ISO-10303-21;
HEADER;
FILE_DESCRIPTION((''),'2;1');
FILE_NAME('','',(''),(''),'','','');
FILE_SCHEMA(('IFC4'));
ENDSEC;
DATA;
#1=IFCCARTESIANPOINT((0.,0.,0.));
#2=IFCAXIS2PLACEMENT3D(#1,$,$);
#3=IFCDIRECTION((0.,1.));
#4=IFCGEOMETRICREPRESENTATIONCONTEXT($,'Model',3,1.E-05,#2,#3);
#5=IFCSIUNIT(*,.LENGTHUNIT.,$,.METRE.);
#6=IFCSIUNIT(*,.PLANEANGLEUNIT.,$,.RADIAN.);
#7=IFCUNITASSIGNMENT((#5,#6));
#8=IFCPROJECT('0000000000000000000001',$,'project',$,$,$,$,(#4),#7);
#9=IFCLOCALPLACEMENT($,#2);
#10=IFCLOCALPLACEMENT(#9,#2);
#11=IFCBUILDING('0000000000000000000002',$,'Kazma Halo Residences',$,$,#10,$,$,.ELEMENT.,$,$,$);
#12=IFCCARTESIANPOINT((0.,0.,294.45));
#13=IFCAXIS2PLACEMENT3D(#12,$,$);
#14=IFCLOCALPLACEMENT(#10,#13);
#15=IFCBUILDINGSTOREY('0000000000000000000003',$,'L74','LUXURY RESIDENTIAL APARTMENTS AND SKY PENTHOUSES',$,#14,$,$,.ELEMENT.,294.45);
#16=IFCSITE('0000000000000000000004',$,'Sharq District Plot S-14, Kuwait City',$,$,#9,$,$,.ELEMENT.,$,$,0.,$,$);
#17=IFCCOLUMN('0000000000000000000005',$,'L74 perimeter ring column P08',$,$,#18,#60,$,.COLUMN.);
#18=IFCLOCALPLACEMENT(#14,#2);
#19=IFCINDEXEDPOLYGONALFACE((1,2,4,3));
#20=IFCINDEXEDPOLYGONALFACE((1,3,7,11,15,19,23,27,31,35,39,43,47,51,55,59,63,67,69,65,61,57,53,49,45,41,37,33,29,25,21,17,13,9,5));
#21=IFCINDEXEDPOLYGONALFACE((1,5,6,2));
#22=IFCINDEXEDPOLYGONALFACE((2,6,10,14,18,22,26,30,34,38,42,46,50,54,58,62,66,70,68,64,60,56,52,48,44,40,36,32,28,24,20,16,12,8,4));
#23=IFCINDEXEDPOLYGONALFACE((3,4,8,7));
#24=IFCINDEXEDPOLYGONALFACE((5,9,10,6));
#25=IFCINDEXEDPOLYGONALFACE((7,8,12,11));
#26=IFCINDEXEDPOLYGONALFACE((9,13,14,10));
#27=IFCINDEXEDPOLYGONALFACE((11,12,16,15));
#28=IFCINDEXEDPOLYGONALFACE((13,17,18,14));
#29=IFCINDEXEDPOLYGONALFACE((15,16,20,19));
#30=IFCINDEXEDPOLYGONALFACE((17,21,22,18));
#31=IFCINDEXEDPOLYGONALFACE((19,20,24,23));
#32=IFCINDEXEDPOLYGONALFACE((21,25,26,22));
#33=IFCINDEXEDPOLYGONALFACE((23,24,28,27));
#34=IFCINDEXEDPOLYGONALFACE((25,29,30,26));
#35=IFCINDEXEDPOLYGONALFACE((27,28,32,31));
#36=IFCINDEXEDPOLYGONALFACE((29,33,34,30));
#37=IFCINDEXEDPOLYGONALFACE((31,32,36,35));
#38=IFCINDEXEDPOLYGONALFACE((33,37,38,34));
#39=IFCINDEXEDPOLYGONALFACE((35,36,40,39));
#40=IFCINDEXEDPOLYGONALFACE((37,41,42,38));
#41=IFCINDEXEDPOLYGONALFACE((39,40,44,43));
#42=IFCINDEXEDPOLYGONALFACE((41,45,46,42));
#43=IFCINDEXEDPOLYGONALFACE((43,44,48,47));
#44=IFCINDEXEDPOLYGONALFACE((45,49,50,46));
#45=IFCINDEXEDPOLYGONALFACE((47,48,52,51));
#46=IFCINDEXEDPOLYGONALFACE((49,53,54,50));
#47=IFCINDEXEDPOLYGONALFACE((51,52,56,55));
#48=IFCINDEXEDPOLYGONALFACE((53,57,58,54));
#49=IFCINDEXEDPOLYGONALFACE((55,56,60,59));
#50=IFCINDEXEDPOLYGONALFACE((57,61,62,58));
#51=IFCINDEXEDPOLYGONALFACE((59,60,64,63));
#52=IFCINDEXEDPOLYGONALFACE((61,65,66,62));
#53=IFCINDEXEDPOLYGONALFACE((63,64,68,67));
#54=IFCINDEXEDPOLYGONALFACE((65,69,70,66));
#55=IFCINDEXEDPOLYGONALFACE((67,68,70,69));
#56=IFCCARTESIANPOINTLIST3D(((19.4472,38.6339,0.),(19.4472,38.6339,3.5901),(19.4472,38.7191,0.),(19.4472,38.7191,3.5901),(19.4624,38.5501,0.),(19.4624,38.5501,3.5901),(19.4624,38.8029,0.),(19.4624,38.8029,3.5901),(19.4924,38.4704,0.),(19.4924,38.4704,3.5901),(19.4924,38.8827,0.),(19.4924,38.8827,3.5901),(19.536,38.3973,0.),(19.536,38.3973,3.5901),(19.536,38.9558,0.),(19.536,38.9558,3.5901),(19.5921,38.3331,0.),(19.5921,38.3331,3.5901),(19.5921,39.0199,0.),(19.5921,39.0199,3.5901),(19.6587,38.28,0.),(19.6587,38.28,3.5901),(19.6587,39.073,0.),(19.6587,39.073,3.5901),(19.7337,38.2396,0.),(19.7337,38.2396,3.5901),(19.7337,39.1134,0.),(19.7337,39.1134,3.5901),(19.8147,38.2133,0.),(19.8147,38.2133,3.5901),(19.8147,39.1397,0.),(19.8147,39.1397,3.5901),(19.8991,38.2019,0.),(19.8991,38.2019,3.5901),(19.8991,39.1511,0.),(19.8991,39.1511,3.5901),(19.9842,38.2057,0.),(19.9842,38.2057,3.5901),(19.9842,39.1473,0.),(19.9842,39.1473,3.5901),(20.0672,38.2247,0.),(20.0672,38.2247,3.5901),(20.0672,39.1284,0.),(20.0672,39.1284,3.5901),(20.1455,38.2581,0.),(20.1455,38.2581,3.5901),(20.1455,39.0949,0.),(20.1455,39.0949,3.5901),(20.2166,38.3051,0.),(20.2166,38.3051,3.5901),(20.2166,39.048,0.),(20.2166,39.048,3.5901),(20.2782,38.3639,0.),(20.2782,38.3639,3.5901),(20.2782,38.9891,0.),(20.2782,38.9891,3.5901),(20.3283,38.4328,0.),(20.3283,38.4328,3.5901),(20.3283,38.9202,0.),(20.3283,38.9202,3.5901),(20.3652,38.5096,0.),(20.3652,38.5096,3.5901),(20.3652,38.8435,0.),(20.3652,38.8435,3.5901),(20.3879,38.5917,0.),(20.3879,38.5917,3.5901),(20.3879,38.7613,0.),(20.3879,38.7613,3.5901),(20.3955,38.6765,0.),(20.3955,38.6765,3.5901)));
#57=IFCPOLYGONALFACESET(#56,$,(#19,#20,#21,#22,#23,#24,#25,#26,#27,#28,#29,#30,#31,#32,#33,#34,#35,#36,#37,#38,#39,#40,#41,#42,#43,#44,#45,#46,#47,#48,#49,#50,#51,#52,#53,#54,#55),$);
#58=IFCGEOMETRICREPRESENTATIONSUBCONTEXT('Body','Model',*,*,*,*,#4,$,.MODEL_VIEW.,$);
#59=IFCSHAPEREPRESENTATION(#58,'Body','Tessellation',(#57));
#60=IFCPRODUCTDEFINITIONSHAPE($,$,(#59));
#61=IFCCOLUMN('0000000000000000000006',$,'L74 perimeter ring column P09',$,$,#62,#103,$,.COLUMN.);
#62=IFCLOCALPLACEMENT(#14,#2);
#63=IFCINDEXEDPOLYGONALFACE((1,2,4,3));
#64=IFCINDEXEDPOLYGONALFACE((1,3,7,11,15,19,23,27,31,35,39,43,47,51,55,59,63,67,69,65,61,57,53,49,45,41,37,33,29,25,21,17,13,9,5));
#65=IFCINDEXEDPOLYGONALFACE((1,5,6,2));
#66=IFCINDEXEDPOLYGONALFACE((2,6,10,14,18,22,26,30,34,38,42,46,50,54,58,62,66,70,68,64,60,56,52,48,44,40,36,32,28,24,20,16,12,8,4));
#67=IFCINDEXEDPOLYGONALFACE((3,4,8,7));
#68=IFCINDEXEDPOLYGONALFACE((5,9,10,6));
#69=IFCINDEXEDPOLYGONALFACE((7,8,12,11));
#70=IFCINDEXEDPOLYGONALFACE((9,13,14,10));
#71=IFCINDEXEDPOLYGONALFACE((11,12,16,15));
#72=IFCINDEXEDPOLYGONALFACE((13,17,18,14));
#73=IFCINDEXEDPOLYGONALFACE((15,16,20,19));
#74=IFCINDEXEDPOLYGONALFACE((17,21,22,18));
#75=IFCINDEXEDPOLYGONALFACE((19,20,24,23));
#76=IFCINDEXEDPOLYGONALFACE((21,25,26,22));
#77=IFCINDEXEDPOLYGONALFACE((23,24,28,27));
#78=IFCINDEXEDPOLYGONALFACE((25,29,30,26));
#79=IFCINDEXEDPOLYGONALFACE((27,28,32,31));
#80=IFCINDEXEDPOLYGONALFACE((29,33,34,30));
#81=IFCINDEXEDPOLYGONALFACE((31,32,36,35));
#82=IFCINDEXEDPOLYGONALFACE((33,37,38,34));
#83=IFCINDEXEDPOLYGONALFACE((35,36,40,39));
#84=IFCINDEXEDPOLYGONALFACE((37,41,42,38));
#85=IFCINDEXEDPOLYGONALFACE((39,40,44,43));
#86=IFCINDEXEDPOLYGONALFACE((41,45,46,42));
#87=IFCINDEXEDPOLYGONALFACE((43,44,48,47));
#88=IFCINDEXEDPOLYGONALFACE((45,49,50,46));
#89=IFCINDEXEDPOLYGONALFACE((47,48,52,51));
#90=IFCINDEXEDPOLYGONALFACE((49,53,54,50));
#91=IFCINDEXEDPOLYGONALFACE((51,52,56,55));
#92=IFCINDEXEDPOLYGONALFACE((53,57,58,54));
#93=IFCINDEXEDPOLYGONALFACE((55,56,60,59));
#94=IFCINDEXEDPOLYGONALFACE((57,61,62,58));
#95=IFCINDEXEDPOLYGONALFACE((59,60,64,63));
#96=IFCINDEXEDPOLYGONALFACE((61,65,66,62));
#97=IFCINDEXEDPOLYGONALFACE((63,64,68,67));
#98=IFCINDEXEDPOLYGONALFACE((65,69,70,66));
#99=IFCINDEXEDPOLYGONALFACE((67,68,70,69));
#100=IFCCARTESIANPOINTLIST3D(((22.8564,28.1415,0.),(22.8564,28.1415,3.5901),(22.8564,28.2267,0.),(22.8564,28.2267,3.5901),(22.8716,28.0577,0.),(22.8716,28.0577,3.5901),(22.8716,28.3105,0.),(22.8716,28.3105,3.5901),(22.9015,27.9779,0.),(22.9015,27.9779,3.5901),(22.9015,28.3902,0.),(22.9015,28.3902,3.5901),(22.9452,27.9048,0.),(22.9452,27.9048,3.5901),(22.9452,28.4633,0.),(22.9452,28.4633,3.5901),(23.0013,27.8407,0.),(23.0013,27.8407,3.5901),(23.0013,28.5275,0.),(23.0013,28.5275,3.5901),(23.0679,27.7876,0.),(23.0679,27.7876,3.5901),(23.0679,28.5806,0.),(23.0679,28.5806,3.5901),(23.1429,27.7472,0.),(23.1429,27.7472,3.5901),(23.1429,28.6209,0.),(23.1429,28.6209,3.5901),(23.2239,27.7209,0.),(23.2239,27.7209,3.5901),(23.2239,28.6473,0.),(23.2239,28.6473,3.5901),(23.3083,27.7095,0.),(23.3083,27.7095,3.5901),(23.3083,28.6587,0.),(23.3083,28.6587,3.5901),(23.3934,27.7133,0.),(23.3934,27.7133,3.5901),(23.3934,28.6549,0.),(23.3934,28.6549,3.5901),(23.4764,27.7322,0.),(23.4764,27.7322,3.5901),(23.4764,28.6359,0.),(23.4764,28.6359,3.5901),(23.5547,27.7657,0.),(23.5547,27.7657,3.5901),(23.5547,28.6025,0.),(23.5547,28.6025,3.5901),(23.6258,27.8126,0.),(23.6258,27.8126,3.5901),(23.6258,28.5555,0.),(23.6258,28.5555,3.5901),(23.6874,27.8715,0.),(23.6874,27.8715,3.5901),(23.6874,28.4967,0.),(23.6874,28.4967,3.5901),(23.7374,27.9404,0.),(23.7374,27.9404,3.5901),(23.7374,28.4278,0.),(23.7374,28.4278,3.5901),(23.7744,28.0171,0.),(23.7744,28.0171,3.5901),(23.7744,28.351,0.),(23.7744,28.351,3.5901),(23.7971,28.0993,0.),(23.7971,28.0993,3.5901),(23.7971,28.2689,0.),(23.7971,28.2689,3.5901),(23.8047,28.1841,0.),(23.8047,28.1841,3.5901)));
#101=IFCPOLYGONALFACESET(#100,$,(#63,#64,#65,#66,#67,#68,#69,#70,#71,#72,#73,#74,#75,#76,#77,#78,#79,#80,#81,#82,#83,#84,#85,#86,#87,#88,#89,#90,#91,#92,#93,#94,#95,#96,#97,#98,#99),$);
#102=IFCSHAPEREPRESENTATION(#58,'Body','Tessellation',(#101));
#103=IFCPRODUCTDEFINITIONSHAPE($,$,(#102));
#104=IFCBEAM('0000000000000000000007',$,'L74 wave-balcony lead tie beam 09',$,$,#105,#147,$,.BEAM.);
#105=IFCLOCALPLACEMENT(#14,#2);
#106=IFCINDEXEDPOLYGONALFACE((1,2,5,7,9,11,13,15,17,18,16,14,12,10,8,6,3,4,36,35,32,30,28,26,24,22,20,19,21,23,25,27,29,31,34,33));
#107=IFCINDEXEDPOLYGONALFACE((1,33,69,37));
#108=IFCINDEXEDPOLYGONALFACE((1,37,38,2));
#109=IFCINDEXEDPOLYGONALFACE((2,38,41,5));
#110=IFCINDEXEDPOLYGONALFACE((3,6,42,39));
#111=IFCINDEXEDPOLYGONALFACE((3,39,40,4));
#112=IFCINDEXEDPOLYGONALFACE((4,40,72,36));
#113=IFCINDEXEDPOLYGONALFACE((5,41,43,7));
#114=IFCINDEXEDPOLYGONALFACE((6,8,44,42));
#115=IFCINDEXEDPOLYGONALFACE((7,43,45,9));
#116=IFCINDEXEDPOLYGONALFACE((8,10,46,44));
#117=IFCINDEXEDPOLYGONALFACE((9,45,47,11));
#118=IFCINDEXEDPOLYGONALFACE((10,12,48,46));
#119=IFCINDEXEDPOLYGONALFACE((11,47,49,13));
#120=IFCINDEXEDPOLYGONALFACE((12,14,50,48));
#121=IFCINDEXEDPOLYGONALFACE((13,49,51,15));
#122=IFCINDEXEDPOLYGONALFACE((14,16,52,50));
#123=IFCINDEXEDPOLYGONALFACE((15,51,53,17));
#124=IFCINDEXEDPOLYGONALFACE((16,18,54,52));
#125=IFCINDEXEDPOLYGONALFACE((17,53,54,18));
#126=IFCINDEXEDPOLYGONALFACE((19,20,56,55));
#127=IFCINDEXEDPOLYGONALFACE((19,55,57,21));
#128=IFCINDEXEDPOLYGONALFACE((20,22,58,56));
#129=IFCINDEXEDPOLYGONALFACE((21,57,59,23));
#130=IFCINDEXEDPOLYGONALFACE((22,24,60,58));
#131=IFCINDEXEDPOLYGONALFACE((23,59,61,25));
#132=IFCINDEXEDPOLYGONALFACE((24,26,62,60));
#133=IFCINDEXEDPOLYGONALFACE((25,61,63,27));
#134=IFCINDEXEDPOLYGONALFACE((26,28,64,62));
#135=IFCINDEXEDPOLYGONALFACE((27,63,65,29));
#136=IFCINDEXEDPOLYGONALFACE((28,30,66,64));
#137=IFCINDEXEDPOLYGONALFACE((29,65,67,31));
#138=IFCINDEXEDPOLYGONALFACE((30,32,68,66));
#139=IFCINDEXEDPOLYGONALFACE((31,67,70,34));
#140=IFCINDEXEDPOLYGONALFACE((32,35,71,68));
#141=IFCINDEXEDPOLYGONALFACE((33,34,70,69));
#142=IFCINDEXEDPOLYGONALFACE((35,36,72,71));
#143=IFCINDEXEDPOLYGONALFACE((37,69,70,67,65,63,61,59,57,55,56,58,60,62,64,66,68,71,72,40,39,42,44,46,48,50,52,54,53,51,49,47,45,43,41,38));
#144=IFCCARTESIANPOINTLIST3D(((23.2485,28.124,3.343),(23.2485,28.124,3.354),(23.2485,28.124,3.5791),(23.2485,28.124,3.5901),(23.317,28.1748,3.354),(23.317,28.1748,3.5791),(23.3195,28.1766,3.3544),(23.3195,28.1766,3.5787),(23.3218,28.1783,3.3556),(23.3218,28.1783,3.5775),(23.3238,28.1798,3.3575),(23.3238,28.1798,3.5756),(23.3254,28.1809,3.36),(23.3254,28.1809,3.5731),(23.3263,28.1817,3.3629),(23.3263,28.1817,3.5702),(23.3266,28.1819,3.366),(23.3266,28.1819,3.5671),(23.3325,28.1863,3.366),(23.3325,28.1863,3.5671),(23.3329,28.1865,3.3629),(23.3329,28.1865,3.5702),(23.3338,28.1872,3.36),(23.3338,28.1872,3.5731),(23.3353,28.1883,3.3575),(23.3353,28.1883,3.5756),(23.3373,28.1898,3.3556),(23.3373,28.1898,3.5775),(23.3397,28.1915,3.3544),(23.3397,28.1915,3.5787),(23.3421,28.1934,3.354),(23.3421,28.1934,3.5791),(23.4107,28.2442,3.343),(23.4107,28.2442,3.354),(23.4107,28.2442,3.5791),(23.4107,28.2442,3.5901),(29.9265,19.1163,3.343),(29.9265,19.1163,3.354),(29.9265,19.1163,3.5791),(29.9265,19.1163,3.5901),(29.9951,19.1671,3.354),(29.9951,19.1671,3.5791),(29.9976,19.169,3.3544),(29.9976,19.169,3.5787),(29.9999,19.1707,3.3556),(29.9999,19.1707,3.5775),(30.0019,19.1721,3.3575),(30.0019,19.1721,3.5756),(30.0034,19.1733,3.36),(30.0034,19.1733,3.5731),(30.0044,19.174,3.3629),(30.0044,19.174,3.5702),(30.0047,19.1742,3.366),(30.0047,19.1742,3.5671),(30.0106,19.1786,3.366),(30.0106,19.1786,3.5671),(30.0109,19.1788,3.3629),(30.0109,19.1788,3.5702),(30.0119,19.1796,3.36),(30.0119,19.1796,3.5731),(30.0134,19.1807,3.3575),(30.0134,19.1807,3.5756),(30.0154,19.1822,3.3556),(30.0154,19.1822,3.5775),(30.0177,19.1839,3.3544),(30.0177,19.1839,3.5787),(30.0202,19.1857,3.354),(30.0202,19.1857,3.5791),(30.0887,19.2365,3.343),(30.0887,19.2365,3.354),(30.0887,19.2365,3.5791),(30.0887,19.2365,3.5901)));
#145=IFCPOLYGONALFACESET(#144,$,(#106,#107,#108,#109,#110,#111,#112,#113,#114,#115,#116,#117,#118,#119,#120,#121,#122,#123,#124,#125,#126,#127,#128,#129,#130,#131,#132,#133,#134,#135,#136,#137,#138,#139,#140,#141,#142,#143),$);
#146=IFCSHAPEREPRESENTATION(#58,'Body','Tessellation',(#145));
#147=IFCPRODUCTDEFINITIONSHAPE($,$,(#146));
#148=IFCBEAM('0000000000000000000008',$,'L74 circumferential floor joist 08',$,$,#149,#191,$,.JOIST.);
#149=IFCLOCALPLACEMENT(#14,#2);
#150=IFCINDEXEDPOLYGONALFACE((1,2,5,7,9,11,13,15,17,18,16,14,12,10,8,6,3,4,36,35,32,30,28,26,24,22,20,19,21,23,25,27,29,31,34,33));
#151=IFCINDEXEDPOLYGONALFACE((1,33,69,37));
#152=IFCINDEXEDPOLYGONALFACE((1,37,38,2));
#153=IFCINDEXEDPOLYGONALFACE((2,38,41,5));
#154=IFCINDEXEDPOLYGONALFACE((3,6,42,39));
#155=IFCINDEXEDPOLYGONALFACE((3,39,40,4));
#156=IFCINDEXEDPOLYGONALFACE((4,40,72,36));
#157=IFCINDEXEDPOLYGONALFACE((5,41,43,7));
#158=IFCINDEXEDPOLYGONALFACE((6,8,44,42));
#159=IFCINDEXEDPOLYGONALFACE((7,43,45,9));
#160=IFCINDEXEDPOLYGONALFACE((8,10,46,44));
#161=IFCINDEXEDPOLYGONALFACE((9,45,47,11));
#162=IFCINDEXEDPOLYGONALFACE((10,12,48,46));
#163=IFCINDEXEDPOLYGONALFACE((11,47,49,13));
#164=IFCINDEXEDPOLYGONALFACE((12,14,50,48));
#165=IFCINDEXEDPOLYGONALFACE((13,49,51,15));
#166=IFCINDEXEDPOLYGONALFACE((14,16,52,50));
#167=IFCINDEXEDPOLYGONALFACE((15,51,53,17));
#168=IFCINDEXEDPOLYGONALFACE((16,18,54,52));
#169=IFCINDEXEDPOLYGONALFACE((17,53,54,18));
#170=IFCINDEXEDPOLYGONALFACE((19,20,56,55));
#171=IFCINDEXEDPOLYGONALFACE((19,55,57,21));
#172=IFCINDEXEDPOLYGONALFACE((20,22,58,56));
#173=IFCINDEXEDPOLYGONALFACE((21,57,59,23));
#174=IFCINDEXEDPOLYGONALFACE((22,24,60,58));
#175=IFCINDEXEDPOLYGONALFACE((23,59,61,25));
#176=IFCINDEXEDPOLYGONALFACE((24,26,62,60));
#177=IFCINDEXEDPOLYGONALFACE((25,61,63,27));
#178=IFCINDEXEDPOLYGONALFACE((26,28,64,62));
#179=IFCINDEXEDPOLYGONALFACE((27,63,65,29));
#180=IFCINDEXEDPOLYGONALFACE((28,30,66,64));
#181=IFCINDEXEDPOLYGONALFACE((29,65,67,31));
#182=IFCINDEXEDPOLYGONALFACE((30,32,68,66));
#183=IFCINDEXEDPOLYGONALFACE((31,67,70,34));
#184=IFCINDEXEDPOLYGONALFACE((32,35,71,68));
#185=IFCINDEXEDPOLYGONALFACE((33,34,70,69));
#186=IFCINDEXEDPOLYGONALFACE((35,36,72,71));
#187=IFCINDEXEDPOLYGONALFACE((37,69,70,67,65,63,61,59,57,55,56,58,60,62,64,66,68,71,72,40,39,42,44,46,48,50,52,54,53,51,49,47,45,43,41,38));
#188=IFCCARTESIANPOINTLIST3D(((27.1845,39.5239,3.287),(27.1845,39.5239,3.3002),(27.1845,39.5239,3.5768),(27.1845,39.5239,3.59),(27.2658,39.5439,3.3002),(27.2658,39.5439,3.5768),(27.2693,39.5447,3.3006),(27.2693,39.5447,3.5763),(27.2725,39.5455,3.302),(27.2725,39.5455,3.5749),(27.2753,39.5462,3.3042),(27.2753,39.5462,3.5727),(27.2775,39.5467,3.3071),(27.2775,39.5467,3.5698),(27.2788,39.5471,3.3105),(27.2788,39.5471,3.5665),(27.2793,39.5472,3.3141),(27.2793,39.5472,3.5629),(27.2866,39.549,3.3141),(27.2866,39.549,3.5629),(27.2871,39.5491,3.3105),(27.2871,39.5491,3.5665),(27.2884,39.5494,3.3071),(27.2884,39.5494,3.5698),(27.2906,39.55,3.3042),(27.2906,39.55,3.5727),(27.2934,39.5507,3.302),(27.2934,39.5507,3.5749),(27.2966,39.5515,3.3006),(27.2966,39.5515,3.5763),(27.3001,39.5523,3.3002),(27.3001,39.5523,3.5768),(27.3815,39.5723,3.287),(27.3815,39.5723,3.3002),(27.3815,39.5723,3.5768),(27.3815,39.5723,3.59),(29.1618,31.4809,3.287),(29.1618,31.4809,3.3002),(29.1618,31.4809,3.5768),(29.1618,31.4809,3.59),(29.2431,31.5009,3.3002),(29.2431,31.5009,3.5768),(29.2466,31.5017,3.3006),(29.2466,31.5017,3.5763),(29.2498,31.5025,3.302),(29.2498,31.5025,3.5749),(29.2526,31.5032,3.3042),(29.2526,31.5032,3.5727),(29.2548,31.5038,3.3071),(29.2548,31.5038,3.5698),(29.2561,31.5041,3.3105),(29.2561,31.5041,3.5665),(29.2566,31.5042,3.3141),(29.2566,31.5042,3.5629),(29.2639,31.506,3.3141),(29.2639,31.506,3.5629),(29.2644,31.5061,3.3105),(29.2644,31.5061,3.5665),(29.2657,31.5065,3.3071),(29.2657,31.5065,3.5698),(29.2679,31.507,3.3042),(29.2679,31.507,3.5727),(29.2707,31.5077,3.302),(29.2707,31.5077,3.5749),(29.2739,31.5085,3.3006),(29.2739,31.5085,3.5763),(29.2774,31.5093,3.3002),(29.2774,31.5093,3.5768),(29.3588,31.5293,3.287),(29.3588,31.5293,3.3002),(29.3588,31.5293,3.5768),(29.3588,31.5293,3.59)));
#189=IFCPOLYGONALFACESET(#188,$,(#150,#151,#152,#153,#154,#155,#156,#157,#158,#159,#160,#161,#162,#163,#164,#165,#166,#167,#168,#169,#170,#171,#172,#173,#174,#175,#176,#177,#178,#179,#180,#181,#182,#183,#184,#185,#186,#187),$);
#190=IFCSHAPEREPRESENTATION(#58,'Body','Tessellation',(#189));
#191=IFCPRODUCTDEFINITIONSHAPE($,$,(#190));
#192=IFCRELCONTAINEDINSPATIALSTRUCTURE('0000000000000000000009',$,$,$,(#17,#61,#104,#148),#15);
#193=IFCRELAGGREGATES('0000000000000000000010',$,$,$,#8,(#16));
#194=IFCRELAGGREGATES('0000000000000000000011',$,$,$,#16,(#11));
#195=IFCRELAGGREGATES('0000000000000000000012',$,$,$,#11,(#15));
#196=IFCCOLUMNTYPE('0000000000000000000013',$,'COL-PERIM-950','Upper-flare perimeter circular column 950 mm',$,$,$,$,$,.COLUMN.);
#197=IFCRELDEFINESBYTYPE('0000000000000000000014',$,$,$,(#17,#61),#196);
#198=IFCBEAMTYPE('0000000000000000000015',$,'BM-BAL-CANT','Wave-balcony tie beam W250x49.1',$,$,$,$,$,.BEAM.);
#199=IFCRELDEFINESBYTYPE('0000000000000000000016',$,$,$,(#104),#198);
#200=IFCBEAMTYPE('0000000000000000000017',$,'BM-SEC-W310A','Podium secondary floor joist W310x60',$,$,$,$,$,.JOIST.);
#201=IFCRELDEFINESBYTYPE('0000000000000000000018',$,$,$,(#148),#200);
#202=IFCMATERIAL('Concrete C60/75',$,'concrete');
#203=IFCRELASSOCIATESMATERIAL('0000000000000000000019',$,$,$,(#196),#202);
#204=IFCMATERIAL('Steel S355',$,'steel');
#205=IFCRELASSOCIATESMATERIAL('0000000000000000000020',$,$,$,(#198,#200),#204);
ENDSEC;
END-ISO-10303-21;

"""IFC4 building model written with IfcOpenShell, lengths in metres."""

from ifc_helpers import new_model, si_unit, direction, frame, origin, origin_2d, place, context, subcontext, project, spatial, circle, i_section, extrude, material, material_profile, profile_set, type_object, element, save


model = new_model("IFC4")

# Units and contexts
model_context = context("Model", 3, precision=1e-05, world=origin(), true_north=direction((0.0, 1.0)))
body_context = subcontext(model_context, "Body", "Model", "MODEL_VIEW")
ifc_project = project(units=[si_unit("LENGTHUNIT", "METRE"), si_unit("PLANEANGLEUNIT", "RADIAN")], contexts=[model_context])

# Site, building, storey
site_placement = place(None, origin())
site = spatial("IfcSite", under=ifc_project, at=site_placement, Name="Sharq District Plot S-14, Kuwait City", CompositionType="ELEMENT", RefElevation=0.0)
building_placement = place(site_placement, origin())
building = spatial("IfcBuilding", under=site, at=building_placement, Name="Kazma Halo Residences", CompositionType="ELEMENT")
storey_placement = place(building_placement, frame((0.0, 0.0, 294.45)))
storey = spatial("IfcBuildingStorey", under=building, at=storey_placement, Name="L74", Description="LUXURY RESIDENTIAL APARTMENTS AND SKY PENTHOUSES", CompositionType="ELEMENT", Elevation=294.45)

# Columns
ifc_material_1 = material(Name="Concrete C60/75", Category="concrete")
ifc_material_profile_1 = material_profile(ifc_material_1, circle(Radius=0.4751, at=origin_2d()), Name="CIRC950")
ifc_profile_set_1 = profile_set([ifc_material_profile_1], Name="Concrete C60/75")
column_type = type_object("IfcColumnType", Name="COL-PERIM-950", Description="Upper-flare perimeter circular column 950 mm", PredefinedType="COLUMN", material=ifc_profile_set_1)
for number, where, z_axis, x_axis, name in (
    (1, (19.9204, 38.6765, 0.0), (0.0, 0.0, 1.0), (1.0, 0.0, 0.0), "L74 perimeter ring column P08"),
    (2, (23.3296, 28.1841, 0.0), (0.0, 0.0, 1.0), (1.0, 0.0, 0.0), "L74 perimeter ring column P09"),
):
    element("IfcColumn", number, at=place(storey_placement, frame(where, z_axis=z_axis, x_axis=x_axis)), inside=storey, type_object=column_type, Name=name, PredefinedType="COLUMN", context=body_context, shape_type="SweptSolid", body=[
        extrude(circle(Radius=0.4751, at=origin_2d()), origin(), (0.0, 0.0, 1.0), 3.5901),
    ])

# Beams
ifc_material_2 = material(Name="Steel S355", Category="steel")
ifc_material_profile_2 = material_profile(ifc_material_2, i_section(OverallWidth=0.2019, OverallDepth=0.2471, WebThickness=0.0073, FlangeThickness=0.011, FilletRadius=0.012, at=origin_2d()), Name="W250x49.1")
ifc_profile_set_2 = profile_set([ifc_material_profile_2], Name="Steel S355")
beam_type_1 = type_object("IfcBeamType", Name="BM-BAL-CANT", Description="Wave-balcony tie beam W250x49.1", PredefinedType="BEAM", material=ifc_profile_set_2)
beam_1_placement = place(storey_placement, frame((23.3296, 28.1841, 3.4666), z_axis=(0.595556, -0.803314, 0.0), x_axis=(0.803314, 0.595556, 0.0)))
element("IfcBeam", 3, at=beam_1_placement, inside=storey, type_object=beam_type_1, Name="L74 wave-balcony lead tie beam 09", PredefinedType="BEAM", context=body_context, shape_type="SweptSolid", body=[
    extrude(i_section(OverallWidth=0.2019, OverallDepth=0.2471, WebThickness=0.0073, FlangeThickness=0.011, FilletRadius=0.012, at=origin_2d()), origin(), (0.0, 0.0, 1.0), 11.2131),
])
ifc_material_profile_3 = material_profile(ifc_material_2, i_section(OverallWidth=0.2029, OverallDepth=0.303, WebThickness=0.0076, FlangeThickness=0.0132, FilletRadius=0.0139, at=origin_2d()), Name="W310x60")
ifc_profile_set_3 = profile_set([ifc_material_profile_3], Name="Steel S355")
beam_type_2 = type_object("IfcBeamType", Name="BM-SEC-W310A", Description="Podium secondary floor joist W310x60", PredefinedType="JOIST", material=ifc_profile_set_3)
beam_2_placement = place(storey_placement, frame((27.283, 39.5481, 3.4385), z_axis=(0.238733, -0.971085, 0.0), x_axis=(0.971085, 0.238733, 0.0)))
element("IfcBeam", 4, at=beam_2_placement, inside=storey, type_object=beam_type_2, Name="L74 circumferential floor joist 08", PredefinedType="JOIST", context=body_context, shape_type="SweptSolid", body=[
    extrude(i_section(OverallWidth=0.2029, OverallDepth=0.303, WebThickness=0.0076, FlangeThickness=0.0132, FilletRadius=0.0139, at=origin_2d()), origin(), (0.0, 0.0, 1.0), 8.2825),
])

save(model, "model.ifc")
